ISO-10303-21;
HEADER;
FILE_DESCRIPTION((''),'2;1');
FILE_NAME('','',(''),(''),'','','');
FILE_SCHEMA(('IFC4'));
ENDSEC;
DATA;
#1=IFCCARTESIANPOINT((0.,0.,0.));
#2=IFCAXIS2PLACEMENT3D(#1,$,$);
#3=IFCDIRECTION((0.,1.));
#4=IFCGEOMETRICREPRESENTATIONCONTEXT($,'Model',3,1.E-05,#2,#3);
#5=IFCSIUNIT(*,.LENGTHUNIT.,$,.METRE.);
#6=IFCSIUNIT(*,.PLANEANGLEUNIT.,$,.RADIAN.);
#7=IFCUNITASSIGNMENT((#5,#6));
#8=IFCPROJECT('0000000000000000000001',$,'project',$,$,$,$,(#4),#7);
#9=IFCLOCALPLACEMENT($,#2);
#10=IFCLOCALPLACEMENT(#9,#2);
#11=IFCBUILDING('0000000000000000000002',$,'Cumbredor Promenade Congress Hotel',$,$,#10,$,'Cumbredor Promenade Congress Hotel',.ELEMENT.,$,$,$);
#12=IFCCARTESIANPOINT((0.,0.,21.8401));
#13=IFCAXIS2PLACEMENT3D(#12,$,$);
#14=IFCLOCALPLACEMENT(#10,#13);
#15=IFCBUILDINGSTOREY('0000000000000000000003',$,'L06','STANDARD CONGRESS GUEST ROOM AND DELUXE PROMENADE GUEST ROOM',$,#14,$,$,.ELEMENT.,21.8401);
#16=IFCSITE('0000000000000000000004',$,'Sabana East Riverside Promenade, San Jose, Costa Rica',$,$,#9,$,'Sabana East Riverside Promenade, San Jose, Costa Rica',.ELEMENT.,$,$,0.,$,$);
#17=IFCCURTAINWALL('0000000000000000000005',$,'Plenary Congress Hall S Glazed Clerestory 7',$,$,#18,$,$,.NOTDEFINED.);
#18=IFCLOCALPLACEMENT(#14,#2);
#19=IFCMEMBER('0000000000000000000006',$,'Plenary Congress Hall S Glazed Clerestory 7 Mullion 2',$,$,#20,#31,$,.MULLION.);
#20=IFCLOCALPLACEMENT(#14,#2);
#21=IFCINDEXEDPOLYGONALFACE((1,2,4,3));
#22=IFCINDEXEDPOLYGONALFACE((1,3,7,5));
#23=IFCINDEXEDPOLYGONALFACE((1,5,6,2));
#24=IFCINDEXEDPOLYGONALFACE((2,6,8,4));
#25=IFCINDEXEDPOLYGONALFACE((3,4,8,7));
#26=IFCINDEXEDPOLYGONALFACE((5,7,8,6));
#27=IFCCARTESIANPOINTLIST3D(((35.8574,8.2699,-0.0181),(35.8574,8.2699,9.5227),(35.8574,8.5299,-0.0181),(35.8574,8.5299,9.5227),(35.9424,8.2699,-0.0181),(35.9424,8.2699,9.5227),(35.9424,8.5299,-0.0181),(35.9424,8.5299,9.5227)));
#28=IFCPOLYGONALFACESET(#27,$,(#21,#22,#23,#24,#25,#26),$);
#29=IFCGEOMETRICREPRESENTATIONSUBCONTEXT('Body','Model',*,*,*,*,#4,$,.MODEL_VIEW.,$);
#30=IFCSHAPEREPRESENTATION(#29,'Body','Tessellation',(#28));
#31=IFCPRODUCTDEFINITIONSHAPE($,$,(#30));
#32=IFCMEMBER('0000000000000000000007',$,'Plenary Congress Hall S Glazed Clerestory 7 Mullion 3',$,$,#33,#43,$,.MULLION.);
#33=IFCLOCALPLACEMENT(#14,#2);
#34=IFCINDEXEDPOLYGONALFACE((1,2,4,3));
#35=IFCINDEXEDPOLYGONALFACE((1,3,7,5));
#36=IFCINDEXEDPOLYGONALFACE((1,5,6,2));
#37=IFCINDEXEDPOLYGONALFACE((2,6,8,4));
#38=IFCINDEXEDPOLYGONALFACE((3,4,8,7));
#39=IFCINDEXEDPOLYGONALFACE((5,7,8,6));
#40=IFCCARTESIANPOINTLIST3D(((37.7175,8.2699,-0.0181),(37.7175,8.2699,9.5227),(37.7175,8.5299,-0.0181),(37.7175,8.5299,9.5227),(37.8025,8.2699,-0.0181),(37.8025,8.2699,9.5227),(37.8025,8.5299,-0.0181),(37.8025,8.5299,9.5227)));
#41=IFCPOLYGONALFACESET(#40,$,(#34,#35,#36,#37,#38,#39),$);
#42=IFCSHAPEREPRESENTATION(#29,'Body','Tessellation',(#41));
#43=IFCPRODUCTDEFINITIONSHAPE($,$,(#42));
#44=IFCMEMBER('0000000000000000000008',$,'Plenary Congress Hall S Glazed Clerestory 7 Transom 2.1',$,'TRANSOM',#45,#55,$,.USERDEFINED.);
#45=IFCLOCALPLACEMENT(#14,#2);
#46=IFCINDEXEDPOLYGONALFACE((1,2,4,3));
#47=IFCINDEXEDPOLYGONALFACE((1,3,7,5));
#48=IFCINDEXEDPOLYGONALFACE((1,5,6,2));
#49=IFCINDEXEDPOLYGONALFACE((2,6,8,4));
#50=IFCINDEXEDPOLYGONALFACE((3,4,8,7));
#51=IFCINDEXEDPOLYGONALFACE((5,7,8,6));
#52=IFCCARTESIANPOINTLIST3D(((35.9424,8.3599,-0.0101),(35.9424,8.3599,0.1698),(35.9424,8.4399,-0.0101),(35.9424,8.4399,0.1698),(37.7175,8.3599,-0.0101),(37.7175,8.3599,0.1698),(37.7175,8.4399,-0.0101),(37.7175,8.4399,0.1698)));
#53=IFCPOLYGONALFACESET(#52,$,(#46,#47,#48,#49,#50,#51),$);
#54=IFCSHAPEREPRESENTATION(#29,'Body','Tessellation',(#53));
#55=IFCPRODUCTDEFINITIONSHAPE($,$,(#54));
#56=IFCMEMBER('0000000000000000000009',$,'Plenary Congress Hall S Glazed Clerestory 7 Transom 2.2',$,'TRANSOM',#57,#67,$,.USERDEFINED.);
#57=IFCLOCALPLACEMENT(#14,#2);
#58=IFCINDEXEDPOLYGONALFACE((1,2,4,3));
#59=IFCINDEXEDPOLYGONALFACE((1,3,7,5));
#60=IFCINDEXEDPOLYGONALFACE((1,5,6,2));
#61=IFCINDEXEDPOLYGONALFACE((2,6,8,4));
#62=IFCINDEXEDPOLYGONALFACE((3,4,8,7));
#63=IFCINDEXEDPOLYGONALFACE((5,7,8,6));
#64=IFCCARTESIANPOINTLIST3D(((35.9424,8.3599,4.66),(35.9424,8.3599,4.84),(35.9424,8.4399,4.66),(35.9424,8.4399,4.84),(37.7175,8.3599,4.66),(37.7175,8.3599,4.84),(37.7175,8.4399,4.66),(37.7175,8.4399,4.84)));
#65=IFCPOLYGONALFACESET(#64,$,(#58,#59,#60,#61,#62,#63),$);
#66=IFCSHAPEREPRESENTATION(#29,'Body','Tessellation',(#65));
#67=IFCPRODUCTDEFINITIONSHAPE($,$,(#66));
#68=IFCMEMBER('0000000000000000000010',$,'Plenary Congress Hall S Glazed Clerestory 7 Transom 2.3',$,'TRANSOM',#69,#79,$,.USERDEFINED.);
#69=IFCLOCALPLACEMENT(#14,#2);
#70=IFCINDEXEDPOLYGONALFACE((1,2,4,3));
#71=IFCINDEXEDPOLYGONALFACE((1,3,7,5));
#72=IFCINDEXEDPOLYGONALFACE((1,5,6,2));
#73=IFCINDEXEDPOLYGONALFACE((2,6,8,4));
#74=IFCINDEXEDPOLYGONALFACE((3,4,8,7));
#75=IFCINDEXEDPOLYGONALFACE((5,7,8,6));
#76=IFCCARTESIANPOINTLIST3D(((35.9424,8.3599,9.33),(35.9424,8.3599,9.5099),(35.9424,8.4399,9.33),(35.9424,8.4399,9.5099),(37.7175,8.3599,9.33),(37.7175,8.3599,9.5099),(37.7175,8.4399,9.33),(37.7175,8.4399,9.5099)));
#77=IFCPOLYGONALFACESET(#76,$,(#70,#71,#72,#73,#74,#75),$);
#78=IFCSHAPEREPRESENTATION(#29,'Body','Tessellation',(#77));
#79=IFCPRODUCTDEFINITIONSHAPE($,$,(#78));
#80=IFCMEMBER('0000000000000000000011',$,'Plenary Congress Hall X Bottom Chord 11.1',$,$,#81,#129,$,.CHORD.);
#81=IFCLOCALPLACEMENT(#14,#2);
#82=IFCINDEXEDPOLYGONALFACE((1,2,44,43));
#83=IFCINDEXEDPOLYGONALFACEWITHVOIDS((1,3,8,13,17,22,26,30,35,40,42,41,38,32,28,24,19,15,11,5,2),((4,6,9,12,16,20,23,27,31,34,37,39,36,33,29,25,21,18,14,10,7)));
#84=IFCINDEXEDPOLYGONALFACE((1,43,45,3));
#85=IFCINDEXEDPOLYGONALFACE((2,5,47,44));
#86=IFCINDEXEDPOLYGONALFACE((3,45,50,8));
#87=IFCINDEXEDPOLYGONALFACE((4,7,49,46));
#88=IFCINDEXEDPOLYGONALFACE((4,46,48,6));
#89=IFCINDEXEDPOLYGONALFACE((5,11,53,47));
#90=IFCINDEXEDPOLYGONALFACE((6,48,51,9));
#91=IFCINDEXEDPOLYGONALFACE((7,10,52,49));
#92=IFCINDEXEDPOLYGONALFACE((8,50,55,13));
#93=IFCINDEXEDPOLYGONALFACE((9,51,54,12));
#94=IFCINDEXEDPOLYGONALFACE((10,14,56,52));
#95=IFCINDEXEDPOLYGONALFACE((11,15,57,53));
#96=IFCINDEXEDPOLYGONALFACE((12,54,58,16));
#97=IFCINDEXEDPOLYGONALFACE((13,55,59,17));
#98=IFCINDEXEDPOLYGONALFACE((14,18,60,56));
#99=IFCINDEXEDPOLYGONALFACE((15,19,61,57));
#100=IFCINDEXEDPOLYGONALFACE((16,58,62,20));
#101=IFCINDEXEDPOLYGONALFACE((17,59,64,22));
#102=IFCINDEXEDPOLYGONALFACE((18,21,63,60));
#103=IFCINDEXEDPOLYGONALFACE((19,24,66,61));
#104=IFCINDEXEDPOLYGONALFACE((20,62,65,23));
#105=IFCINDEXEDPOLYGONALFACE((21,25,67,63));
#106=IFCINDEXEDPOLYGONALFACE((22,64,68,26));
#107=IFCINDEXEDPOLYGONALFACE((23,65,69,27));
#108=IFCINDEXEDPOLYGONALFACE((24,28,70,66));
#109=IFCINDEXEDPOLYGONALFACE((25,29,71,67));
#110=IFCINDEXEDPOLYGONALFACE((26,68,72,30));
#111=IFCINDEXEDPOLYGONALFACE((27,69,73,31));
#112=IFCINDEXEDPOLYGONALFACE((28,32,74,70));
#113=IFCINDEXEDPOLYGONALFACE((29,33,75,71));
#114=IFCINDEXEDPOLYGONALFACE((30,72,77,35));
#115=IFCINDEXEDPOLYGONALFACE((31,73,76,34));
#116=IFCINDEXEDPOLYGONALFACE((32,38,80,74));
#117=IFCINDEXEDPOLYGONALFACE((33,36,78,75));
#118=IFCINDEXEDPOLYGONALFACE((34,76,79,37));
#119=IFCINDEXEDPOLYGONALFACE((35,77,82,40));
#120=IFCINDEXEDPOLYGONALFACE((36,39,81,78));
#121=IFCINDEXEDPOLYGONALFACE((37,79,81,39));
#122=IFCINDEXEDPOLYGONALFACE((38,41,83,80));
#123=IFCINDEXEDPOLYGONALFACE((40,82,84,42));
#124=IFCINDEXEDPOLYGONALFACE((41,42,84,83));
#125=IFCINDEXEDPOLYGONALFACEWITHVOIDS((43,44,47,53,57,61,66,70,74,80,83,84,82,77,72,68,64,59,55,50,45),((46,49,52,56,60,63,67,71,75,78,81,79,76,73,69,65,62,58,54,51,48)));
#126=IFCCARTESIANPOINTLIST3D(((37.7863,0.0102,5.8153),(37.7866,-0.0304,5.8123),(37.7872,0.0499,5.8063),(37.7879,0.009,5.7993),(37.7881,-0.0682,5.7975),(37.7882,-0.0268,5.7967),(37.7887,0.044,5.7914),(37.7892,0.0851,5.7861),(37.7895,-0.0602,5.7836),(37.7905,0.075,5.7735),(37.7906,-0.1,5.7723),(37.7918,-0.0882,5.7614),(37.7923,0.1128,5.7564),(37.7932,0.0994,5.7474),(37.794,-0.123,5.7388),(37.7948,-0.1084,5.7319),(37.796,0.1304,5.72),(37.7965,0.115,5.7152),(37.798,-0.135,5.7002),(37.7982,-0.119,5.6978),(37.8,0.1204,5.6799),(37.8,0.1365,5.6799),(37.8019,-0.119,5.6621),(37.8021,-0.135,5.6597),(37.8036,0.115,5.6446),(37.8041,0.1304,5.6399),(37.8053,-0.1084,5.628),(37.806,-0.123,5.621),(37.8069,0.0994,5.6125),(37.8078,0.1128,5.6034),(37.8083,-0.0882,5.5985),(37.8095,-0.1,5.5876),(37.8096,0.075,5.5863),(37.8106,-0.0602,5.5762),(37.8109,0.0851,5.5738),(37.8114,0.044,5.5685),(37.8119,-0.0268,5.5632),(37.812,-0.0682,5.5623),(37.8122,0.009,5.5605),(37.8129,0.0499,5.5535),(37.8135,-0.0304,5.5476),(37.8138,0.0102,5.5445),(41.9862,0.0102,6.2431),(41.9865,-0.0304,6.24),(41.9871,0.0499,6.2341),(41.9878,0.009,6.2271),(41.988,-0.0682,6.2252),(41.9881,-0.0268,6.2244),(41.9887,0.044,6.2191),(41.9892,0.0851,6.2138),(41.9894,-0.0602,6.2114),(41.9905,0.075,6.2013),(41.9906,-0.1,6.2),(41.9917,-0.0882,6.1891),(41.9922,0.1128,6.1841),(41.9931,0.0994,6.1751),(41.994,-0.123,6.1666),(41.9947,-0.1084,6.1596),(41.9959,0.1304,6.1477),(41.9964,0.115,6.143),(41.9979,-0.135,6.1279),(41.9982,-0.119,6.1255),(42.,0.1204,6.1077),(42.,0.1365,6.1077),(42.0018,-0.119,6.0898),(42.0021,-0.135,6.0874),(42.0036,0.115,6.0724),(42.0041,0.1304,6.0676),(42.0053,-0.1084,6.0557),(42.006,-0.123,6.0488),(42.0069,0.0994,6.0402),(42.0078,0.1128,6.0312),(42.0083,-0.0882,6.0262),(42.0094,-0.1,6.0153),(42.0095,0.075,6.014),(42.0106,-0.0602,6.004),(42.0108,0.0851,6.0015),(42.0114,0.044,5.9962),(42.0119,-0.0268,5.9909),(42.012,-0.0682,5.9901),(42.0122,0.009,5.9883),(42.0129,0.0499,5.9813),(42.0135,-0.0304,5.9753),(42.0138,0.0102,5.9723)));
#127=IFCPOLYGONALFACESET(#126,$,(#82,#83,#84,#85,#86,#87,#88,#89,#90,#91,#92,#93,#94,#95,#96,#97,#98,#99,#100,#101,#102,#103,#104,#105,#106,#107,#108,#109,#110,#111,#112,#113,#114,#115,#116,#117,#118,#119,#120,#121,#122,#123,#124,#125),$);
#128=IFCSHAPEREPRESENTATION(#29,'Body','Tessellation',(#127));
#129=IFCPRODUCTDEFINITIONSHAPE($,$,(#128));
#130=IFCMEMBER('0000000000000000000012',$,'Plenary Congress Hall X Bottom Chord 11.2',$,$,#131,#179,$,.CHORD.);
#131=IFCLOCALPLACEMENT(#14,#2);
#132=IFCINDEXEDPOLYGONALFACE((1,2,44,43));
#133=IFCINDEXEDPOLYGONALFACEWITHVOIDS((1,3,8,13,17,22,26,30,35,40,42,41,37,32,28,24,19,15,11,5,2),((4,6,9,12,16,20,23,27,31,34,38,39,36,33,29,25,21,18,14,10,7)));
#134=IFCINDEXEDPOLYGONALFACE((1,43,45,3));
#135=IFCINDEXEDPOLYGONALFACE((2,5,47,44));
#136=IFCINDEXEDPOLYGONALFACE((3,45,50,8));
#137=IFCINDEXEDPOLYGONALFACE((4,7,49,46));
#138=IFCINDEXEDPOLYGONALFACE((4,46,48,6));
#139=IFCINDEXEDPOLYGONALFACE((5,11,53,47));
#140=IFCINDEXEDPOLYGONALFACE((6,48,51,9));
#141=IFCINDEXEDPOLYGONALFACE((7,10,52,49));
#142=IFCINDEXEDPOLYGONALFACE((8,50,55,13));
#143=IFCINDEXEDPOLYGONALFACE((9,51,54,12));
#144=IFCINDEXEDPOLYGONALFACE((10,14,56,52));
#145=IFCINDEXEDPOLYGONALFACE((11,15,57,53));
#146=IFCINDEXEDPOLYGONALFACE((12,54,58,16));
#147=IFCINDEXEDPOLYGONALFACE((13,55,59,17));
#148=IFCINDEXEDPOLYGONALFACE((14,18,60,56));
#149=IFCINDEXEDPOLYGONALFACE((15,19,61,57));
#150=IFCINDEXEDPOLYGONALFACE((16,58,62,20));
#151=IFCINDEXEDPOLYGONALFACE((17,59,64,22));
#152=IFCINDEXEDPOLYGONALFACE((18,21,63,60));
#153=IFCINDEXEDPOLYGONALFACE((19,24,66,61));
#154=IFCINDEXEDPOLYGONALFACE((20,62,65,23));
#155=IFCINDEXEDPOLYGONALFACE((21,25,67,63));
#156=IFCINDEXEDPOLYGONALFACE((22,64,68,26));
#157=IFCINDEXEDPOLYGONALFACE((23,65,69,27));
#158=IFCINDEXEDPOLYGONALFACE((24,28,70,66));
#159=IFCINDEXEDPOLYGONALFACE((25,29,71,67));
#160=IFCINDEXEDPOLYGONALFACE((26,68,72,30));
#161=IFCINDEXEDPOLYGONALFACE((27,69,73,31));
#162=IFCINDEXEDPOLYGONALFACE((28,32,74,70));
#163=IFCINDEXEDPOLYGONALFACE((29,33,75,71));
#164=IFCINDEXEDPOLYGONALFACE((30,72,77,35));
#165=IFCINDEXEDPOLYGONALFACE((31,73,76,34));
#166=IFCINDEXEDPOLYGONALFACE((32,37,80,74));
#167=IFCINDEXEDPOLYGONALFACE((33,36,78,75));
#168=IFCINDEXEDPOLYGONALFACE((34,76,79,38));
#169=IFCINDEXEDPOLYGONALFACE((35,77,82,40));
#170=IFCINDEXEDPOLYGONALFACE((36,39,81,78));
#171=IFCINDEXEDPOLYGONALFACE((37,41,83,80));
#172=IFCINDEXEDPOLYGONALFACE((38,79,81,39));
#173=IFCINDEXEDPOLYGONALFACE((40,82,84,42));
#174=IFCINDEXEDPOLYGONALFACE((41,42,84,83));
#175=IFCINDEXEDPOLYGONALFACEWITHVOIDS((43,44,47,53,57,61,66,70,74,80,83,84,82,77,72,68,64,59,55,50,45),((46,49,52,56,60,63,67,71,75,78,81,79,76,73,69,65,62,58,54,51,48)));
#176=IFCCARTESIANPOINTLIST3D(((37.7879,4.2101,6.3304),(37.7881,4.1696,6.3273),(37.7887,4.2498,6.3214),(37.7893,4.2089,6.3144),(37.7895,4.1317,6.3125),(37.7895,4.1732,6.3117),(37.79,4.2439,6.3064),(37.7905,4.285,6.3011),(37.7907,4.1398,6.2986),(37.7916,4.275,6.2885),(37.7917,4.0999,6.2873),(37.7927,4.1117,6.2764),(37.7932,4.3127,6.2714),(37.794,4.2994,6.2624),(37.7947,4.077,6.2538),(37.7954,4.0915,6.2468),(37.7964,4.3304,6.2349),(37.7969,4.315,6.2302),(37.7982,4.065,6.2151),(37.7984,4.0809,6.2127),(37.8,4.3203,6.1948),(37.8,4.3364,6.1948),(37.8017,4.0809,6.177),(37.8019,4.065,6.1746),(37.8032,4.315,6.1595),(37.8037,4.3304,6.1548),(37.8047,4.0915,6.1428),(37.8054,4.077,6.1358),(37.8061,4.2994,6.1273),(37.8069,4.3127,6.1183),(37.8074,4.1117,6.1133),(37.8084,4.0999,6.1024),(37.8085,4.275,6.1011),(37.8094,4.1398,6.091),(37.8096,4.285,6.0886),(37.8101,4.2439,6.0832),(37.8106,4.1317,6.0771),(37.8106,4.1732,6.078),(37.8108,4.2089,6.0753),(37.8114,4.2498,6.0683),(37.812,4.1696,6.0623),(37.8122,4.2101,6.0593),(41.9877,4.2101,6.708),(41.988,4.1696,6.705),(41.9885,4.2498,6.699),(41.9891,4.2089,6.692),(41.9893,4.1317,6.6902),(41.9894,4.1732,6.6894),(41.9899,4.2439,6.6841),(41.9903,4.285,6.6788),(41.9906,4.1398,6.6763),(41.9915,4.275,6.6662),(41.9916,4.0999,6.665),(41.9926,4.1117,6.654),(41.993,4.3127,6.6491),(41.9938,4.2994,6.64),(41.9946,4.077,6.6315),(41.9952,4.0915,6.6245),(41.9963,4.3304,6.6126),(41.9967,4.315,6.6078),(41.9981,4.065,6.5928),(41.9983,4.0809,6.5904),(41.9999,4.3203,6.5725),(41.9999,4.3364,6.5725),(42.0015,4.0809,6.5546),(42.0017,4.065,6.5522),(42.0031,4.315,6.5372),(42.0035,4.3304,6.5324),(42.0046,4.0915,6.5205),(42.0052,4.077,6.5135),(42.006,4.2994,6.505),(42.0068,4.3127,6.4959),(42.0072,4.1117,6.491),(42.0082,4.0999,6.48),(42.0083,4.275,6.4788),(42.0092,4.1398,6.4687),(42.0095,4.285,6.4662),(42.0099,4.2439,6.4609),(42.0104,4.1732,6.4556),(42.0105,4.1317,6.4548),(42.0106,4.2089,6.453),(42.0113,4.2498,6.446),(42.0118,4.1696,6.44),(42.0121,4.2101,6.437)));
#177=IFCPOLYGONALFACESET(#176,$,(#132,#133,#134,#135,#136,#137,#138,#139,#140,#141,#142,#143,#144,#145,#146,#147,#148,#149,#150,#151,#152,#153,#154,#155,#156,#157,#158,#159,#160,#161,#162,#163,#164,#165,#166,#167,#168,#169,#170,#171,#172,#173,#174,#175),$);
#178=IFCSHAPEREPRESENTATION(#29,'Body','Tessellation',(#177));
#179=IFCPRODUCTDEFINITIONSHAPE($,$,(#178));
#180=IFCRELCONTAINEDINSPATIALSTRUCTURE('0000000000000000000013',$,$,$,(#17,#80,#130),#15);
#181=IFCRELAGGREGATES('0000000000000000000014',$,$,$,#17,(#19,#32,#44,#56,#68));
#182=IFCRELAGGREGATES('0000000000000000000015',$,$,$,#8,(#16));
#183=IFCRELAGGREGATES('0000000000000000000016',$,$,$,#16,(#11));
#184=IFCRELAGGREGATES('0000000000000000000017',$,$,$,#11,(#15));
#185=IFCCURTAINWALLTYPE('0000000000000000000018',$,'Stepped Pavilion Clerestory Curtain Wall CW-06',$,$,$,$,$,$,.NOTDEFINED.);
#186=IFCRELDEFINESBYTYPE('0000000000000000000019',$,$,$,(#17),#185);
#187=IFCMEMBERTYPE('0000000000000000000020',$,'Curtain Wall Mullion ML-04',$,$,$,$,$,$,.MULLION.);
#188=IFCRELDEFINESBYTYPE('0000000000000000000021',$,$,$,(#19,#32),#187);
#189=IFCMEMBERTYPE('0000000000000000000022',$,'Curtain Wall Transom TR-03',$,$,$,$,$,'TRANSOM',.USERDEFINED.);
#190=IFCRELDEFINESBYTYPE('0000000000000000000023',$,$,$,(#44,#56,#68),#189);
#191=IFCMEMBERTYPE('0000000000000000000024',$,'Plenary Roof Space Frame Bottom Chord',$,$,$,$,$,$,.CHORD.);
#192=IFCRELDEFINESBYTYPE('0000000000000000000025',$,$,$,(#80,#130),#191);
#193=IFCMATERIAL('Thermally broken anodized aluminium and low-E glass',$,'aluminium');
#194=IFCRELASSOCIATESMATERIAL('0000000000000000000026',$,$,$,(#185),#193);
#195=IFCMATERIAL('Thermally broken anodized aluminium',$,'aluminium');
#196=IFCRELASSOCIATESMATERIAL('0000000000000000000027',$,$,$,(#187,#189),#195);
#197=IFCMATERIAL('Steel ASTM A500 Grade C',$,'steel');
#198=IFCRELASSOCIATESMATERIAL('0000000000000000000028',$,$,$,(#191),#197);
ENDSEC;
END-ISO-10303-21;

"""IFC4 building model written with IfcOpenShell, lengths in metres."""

from ifc_helpers import new_model, si_unit, direction, frame, origin, origin_2d, place, context, subcontext, project, spatial, rectangle, hollow_circle, extrude, material, material_profile, profile_set, type_object, element, aggregate, save


model = new_model("IFC4")

# Units and contexts
model_context = context("Model", 3, precision=1e-05, world=origin(), true_north=direction((0.0, 1.0)))
body_context = subcontext(model_context, "Body", "Model", "MODEL_VIEW")
ifc_project = project(units=[si_unit("LENGTHUNIT", "METRE"), si_unit("PLANEANGLEUNIT", "RADIAN")], contexts=[model_context])

# Site, building, storey
site_placement = place(None, origin())
site = spatial("IfcSite", under=ifc_project, at=site_placement, Name="Sabana East Riverside Promenade, San Jose, Costa Rica", LongName="Sabana East Riverside Promenade, San Jose, Costa Rica", CompositionType="ELEMENT", RefElevation=0.0)
building_placement = place(site_placement, origin())
building = spatial("IfcBuilding", under=site, at=building_placement, Name="Cumbredor Promenade Congress Hotel", LongName="Cumbredor Promenade Congress Hotel", CompositionType="ELEMENT")
storey_placement = place(building_placement, frame((0.0, 0.0, 21.8401)))
storey = spatial("IfcBuildingStorey", under=building, at=storey_placement, Name="L06", Description="STANDARD CONGRESS GUEST ROOM AND DELUXE PROMENADE GUEST ROOM", CompositionType="ELEMENT", Elevation=21.8401)

# Curtain wall, members
ifc_material_1 = material(Name="Thermally broken anodized aluminium and low-E glass", Category="aluminium")
curtain_wall_type = type_object("IfcCurtainWallType", Name="Stepped Pavilion Clerestory Curtain Wall CW-06", PredefinedType="NOTDEFINED", material=ifc_material_1)
curtain_wall_placement = place(storey_placement, origin())
curtain_wall = element("IfcCurtainWall", 1, at=curtain_wall_placement, inside=storey, type_object=curtain_wall_type, Name="Plenary Congress Hall S Glazed Clerestory 7", PredefinedType="NOTDEFINED")
ifc_material_2 = material(Name="Thermally broken anodized aluminium", Category="aluminium")
ifc_material_profile_1 = material_profile(ifc_material_2, rectangle(XDim=0.085, YDim=0.26, at=origin_2d()), Name="ALU MULLION CLERESTORY 85x260")
ifc_profile_set_1 = profile_set([ifc_material_profile_1], Name="Thermally broken anodized aluminium")
member_type_1 = type_object("IfcMemberType", Name="Curtain Wall Mullion ML-04", PredefinedType="MULLION", material=ifc_profile_set_1)
member_1_placement = place(storey_placement, frame((35.8999, 8.3999, -0.0181), z_axis=(0.0, 0.0, 1.0), x_axis=(1.0, 0.0, 0.0)))
member_1 = element("IfcMember", 2, at=member_1_placement, type_object=member_type_1, Name="Plenary Congress Hall S Glazed Clerestory 7 Mullion 2", PredefinedType="MULLION", context=body_context, shape_type="SweptSolid", body=[
    extrude(rectangle(XDim=0.085, YDim=0.26, at=origin_2d()), origin(), (0.0, 0.0, 1.0), 9.5408),
])
member_2_placement = place(storey_placement, frame((37.76, 8.3999, -0.0181), z_axis=(0.0, 0.0, 1.0), x_axis=(1.0, 0.0, 0.0)))
member_2 = element("IfcMember", 3, at=member_2_placement, type_object=member_type_1, Name="Plenary Congress Hall S Glazed Clerestory 7 Mullion 3", PredefinedType="MULLION", context=body_context, shape_type="SweptSolid", body=[
    extrude(rectangle(XDim=0.085, YDim=0.26, at=origin_2d()), origin(), (0.0, 0.0, 1.0), 9.5408),
])
ifc_material_profile_2 = material_profile(ifc_material_2, rectangle(XDim=0.0801, YDim=0.1799, at=origin_2d()), Name="ALU TRANSOM 80x180")
ifc_profile_set_2 = profile_set([ifc_material_profile_2], Name="Thermally broken anodized aluminium")
member_type_2 = type_object("IfcMemberType", Name="Curtain Wall Transom TR-03", ElementType="TRANSOM", PredefinedType="USERDEFINED", material=ifc_profile_set_2)
member_3_placement = place(storey_placement, frame((35.9424, 8.3999, 0.0798), z_axis=(1.0, 0.0, 0.0), x_axis=(0.0, 1.0, 0.0)))
member_3 = element("IfcMember", 4, at=member_3_placement, type_object=member_type_2, Name="Plenary Congress Hall S Glazed Clerestory 7 Transom 2.1", ObjectType="TRANSOM", PredefinedType="USERDEFINED", context=body_context, shape_type="SweptSolid", body=[
    extrude(rectangle(XDim=0.0801, YDim=0.1799, at=origin_2d()), origin(), (0.0, 0.0, 1.0), 1.7751),
])
member_4_placement = place(storey_placement, frame((35.9424, 8.3999, 4.75), z_axis=(1.0, 0.0, 0.0), x_axis=(0.0, 1.0, 0.0)))
member_4 = element("IfcMember", 5, at=member_4_placement, type_object=member_type_2, Name="Plenary Congress Hall S Glazed Clerestory 7 Transom 2.2", ObjectType="TRANSOM", PredefinedType="USERDEFINED", context=body_context, shape_type="SweptSolid", body=[
    extrude(rectangle(XDim=0.0801, YDim=0.1799, at=origin_2d()), origin(), (0.0, 0.0, 1.0), 1.7751),
])
member_5_placement = place(storey_placement, frame((35.9424, 8.3999, 9.4199), z_axis=(1.0, 0.0, 0.0), x_axis=(0.0, 1.0, 0.0)))
member_5 = element("IfcMember", 6, at=member_5_placement, type_object=member_type_2, Name="Plenary Congress Hall S Glazed Clerestory 7 Transom 2.3", ObjectType="TRANSOM", PredefinedType="USERDEFINED", context=body_context, shape_type="SweptSolid", body=[
    extrude(rectangle(XDim=0.0801, YDim=0.1799, at=origin_2d()), origin(), (0.0, 0.0, 1.0), 1.7751),
])

# Members
ifc_material_3 = material(Name="Steel ASTM A500 Grade C", Category="steel")
ifc_material_profile_3 = material_profile(ifc_material_3, hollow_circle(Radius=0.1365, WallThickness=0.0161, at=origin_2d()), Name="CHS 273.0x16")
ifc_profile_set_3 = profile_set([ifc_material_profile_3], Name="Steel ASTM A500 Grade C")
member_type_3 = type_object("IfcMemberType", Name="Plenary Roof Space Frame Bottom Chord", PredefinedType="CHORD", material=ifc_profile_set_3)
member_6_placement = place(storey_placement, frame((37.8, 0.0, 5.6799), z_axis=(0.994854, 0.0, 0.101319), x_axis=(0.0, 1.0, 0.0)))
element("IfcMember", 7, at=member_6_placement, inside=storey, type_object=member_type_3, Name="Plenary Congress Hall X Bottom Chord 11.1", PredefinedType="CHORD", context=body_context, shape_type="SweptSolid", body=[
    extrude(hollow_circle(Radius=0.1365, WallThickness=0.0161, at=origin_2d()), origin(), (0.0, 0.0, 1.0), 4.2217),
])
member_7_placement = place(storey_placement, frame((37.8, 4.2, 6.1948), z_axis=(0.995981, 0.0, 0.089565), x_axis=(0.0, 1.0, 0.0)))
element("IfcMember", 8, at=member_7_placement, inside=storey, type_object=member_type_3, Name="Plenary Congress Hall X Bottom Chord 11.2", PredefinedType="CHORD", context=body_context, shape_type="SweptSolid", body=[
    extrude(hollow_circle(Radius=0.1365, WallThickness=0.0161, at=origin_2d()), origin(), (0.0, 0.0, 1.0), 4.2168),
])

aggregate(curtain_wall, [member_1, member_2, member_3, member_4, member_5])

save(model, "model.ifc")
